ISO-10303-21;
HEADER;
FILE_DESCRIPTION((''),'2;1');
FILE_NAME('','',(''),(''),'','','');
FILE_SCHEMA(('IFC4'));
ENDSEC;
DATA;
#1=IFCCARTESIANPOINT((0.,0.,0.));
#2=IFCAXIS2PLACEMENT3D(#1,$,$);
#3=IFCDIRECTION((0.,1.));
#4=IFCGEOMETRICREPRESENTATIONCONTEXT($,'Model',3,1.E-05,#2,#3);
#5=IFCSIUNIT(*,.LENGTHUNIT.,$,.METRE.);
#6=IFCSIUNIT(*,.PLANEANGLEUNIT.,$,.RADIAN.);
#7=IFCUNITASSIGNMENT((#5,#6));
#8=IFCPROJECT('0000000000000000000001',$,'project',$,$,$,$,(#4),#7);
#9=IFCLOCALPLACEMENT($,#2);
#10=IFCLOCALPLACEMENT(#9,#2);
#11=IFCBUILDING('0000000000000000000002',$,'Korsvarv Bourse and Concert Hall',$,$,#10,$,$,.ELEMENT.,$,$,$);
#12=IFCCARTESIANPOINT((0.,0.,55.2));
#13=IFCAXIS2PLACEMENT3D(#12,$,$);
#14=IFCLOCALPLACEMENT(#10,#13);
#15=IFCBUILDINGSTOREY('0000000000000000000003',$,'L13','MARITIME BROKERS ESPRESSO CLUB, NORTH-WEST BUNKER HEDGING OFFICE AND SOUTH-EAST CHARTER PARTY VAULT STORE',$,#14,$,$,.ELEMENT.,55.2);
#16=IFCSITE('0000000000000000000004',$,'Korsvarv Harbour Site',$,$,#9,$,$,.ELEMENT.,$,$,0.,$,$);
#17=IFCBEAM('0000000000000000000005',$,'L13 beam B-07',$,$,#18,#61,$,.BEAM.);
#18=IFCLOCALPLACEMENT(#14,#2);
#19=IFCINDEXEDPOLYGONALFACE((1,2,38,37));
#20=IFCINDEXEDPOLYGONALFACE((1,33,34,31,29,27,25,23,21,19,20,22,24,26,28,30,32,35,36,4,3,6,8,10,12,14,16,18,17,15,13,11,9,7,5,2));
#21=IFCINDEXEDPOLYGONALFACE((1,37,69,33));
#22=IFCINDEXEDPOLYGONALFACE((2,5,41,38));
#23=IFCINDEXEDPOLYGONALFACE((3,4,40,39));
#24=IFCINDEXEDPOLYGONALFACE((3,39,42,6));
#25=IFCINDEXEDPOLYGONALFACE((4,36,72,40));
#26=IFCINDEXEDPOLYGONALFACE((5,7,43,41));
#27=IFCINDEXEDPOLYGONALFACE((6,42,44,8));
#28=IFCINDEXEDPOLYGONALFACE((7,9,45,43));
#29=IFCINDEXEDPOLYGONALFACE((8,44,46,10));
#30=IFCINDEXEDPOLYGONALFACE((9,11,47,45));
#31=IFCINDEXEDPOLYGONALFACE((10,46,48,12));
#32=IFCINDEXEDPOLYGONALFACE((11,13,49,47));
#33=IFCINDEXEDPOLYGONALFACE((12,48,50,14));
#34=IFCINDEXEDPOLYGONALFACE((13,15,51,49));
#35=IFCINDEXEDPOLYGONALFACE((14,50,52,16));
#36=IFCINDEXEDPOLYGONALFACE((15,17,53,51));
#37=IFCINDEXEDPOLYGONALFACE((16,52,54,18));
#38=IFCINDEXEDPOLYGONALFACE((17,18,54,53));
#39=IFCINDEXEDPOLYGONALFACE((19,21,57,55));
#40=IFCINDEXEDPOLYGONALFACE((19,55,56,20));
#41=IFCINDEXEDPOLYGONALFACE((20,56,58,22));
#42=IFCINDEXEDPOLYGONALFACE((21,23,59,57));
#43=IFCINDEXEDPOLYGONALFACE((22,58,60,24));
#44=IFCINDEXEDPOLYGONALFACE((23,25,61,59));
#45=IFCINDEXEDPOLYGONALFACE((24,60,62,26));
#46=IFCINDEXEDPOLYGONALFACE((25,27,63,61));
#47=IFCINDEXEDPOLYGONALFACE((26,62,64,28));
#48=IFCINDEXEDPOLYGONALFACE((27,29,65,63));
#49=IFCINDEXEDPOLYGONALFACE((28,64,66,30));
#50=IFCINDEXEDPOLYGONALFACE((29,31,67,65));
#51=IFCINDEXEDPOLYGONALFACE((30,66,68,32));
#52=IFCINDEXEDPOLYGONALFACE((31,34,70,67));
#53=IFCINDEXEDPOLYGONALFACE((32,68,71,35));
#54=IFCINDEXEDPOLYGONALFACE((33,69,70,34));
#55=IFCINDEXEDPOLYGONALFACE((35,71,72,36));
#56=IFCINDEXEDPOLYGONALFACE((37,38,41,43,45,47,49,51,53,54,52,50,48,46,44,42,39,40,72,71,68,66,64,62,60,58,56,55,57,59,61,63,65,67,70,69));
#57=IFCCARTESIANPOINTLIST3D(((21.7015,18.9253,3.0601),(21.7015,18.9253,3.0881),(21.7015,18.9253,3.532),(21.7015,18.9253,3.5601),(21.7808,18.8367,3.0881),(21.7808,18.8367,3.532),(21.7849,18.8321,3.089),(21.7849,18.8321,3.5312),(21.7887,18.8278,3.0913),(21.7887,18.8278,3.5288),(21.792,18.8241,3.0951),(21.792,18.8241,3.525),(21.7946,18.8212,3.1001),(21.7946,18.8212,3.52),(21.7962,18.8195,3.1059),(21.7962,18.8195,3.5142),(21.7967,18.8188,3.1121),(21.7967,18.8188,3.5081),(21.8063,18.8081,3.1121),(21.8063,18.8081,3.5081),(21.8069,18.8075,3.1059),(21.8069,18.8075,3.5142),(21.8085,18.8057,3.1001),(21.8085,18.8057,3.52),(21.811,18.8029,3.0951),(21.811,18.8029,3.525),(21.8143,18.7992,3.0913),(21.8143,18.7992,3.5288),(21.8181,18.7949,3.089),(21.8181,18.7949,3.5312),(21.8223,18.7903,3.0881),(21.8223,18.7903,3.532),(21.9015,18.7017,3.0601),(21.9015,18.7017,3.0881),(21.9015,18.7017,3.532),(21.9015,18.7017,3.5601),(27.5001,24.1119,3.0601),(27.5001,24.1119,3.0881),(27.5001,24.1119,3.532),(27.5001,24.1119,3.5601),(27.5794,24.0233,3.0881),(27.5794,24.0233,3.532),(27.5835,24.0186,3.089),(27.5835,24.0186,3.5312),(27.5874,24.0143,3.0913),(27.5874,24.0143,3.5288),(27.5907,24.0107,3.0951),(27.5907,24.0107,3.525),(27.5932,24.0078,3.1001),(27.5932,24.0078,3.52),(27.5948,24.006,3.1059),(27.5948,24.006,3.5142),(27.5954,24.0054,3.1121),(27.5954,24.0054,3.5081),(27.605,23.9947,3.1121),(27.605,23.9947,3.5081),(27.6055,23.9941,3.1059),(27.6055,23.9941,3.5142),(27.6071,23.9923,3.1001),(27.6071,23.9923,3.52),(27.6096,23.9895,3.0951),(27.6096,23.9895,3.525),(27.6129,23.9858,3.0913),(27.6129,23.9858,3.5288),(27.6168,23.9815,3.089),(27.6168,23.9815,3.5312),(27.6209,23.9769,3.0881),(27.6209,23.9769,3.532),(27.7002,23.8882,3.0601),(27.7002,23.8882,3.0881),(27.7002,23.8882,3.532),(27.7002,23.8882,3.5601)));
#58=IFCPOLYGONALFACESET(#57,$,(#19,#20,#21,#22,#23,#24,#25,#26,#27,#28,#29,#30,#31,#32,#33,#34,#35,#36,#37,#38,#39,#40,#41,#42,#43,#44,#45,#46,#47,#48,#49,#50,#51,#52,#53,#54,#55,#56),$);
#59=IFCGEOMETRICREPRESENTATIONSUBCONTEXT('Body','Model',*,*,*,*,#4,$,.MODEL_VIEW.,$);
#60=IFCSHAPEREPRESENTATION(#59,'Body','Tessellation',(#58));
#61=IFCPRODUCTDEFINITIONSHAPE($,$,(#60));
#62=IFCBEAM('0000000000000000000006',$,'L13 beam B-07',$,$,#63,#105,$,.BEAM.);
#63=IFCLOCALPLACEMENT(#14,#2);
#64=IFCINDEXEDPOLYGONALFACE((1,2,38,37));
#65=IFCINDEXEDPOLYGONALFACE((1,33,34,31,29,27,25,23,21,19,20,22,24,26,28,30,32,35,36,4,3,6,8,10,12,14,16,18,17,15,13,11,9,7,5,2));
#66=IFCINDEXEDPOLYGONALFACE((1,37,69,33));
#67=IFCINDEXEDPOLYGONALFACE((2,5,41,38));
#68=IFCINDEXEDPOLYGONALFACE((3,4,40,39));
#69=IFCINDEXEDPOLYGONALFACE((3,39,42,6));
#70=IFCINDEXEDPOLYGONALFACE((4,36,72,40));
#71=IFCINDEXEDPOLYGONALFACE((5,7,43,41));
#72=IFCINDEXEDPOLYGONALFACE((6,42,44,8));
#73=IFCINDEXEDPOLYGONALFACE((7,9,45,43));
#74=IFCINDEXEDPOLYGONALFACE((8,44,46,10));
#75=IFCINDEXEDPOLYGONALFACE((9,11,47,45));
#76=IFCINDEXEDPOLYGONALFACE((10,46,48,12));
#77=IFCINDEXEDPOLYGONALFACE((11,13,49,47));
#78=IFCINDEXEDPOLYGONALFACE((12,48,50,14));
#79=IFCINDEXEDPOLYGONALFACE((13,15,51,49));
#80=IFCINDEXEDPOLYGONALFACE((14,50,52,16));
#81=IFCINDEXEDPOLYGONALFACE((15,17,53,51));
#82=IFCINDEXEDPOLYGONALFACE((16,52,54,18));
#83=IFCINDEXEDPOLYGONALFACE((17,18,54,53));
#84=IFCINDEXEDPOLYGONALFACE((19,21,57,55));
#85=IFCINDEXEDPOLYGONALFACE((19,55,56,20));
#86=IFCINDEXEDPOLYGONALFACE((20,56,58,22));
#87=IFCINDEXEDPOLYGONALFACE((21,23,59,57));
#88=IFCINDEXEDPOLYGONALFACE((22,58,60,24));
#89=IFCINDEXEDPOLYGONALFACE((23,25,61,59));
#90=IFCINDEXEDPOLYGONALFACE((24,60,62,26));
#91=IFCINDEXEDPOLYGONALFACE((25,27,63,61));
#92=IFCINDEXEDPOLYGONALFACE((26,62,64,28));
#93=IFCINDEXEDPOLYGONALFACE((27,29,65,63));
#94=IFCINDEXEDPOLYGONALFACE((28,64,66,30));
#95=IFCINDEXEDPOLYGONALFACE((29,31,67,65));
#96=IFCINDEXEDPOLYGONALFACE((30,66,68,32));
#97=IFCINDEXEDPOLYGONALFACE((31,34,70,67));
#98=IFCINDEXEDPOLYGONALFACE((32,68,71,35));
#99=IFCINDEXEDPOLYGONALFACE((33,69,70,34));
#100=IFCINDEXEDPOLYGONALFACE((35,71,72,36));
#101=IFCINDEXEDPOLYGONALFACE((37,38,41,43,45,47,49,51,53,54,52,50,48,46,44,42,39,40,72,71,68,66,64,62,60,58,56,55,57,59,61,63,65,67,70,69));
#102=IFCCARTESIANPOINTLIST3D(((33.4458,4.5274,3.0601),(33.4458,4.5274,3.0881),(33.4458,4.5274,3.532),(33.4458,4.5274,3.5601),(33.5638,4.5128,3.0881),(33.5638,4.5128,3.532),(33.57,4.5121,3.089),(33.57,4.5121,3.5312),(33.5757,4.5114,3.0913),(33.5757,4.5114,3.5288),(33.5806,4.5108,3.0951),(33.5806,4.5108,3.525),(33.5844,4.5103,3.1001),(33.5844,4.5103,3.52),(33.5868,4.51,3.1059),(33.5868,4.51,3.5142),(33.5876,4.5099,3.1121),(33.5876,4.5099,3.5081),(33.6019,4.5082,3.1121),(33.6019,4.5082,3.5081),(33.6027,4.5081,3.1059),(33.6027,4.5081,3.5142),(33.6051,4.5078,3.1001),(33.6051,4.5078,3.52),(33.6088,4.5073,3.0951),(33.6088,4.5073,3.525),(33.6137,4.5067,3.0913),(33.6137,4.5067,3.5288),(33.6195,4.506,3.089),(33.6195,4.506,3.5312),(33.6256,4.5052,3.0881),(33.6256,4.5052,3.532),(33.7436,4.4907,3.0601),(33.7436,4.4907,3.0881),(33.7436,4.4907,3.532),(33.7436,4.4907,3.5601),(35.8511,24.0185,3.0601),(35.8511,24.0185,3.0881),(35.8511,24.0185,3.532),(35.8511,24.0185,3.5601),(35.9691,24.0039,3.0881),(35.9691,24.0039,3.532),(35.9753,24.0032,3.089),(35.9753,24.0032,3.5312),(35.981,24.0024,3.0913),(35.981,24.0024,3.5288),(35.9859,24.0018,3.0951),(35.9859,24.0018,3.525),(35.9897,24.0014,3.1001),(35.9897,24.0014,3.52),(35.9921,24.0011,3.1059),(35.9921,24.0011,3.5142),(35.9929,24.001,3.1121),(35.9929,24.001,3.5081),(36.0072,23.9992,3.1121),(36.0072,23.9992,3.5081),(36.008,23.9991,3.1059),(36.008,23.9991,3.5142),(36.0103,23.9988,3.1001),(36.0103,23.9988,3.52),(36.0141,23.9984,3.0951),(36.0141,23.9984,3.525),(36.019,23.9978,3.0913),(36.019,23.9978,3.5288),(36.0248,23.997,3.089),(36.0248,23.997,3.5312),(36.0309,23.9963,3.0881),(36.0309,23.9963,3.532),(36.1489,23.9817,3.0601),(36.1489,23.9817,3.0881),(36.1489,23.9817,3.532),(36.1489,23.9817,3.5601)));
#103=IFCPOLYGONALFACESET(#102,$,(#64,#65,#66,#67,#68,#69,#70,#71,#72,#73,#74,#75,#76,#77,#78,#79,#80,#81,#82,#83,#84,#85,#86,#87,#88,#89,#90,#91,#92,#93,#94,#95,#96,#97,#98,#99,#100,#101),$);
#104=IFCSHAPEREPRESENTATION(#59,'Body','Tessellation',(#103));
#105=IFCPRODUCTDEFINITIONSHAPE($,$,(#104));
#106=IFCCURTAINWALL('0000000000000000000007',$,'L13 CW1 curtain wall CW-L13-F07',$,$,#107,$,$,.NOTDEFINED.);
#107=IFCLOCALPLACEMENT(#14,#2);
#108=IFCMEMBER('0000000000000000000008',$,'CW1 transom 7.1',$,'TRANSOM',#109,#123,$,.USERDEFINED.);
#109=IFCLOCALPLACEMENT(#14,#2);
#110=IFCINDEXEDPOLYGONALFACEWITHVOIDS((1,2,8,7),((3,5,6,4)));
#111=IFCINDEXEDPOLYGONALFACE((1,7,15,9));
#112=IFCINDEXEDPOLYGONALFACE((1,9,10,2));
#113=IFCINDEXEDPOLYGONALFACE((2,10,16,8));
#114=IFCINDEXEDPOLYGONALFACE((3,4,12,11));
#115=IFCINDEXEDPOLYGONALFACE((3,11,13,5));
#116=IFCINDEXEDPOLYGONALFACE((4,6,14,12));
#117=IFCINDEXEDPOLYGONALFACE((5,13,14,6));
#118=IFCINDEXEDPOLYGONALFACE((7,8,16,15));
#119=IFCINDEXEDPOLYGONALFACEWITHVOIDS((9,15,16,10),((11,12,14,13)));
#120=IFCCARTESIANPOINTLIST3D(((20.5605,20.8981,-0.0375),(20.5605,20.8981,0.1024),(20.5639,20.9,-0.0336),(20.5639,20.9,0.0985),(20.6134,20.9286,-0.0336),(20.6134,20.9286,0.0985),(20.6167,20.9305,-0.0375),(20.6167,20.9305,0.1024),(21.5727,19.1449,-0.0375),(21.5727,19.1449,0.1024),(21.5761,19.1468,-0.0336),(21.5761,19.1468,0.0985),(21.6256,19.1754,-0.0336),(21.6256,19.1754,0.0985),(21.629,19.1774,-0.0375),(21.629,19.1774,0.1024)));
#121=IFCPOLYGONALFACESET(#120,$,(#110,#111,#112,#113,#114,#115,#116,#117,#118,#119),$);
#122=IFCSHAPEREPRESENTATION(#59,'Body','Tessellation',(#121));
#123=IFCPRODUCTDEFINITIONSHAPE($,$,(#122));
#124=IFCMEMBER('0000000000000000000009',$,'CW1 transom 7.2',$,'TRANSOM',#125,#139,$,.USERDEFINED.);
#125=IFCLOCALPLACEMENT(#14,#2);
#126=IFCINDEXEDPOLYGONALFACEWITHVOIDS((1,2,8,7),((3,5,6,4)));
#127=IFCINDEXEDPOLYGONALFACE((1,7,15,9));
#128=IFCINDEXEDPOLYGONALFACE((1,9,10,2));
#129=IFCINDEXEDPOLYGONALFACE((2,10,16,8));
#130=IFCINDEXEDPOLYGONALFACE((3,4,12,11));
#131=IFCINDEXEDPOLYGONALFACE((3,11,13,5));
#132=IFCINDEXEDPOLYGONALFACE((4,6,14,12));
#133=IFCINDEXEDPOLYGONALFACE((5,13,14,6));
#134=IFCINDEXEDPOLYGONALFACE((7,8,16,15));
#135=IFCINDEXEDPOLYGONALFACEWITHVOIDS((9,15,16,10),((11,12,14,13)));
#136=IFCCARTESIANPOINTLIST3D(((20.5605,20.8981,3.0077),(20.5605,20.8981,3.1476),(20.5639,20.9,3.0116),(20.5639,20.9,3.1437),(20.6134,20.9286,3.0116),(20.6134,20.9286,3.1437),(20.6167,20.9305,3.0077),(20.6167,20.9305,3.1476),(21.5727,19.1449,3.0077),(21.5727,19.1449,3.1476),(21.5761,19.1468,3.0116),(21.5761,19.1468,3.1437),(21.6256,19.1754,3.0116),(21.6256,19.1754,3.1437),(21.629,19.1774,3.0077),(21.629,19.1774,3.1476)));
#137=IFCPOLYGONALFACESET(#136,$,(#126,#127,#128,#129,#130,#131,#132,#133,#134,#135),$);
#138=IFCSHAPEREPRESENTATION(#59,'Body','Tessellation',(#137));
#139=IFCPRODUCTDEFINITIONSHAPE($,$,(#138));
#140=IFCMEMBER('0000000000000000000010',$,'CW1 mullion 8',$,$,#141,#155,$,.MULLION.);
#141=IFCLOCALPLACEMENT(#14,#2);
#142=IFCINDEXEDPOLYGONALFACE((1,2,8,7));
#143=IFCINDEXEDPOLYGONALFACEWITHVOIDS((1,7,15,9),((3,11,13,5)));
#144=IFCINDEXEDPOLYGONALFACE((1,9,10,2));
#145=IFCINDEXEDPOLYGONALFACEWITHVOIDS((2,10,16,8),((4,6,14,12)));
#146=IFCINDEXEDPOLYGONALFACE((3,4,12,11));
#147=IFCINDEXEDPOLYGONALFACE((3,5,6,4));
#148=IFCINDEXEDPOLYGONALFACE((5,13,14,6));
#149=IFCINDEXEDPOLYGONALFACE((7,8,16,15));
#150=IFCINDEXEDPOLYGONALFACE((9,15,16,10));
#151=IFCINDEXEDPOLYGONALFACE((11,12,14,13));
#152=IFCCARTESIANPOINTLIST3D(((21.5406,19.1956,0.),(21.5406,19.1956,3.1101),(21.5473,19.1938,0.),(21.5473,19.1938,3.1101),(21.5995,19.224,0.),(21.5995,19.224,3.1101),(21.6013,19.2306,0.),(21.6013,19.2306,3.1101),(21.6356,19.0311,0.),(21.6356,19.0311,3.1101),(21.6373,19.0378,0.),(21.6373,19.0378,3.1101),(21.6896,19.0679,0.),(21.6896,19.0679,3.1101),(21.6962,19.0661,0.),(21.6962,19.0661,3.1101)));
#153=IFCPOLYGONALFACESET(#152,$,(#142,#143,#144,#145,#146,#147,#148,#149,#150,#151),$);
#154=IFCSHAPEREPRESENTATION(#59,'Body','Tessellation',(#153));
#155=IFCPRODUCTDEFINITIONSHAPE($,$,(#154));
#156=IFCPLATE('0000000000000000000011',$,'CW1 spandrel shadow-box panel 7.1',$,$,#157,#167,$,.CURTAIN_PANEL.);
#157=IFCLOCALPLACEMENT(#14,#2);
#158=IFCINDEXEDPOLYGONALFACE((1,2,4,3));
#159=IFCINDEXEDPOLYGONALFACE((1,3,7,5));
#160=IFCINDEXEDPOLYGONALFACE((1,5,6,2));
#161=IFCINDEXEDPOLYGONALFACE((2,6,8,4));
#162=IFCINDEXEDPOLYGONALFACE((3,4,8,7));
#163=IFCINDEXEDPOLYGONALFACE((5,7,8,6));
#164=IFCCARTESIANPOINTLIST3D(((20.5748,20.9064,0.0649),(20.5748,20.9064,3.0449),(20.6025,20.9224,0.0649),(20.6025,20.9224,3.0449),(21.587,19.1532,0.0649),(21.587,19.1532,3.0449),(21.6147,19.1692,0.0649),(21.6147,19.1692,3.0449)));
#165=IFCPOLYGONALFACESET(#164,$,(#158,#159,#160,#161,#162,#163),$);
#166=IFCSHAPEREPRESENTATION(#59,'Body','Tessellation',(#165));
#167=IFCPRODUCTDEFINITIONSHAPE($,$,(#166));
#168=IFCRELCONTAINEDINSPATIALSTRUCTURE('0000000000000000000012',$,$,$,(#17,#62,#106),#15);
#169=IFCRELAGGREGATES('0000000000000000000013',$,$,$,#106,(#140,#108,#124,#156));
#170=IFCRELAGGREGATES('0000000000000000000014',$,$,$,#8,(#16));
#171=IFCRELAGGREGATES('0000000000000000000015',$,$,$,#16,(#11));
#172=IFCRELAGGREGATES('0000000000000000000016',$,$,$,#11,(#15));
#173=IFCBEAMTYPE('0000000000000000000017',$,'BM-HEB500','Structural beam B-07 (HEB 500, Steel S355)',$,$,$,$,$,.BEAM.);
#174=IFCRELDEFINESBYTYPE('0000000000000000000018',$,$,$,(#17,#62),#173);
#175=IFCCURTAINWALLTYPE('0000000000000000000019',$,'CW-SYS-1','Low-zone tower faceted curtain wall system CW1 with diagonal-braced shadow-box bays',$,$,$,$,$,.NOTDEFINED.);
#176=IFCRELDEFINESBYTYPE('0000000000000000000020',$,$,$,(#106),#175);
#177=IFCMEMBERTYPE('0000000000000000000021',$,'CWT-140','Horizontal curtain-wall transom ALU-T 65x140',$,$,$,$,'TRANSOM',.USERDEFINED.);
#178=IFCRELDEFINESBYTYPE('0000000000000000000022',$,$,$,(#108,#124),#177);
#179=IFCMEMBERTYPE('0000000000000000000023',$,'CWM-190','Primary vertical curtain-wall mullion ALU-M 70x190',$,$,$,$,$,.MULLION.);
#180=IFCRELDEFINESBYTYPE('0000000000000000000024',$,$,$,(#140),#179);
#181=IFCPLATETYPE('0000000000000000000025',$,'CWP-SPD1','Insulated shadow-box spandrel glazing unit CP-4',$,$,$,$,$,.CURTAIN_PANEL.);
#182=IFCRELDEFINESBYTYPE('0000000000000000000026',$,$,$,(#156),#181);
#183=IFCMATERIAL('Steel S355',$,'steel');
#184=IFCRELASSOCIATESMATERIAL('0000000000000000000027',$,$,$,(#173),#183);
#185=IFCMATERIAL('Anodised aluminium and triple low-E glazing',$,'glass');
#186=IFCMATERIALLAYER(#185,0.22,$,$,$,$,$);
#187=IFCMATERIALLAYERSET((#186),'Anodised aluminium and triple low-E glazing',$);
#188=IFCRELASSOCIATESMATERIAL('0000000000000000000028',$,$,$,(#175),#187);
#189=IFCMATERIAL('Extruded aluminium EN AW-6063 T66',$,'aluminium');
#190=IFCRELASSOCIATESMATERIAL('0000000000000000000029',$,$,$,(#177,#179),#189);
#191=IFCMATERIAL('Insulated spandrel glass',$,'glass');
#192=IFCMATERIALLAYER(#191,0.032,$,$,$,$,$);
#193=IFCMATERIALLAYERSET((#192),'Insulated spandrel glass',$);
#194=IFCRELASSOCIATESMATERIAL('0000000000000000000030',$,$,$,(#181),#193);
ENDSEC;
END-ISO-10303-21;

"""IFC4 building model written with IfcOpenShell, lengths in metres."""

from ifc_helpers import new_model, si_unit, direction, frame, origin, origin_2d, place, context, subcontext, project, spatial, rectangle, hollow_rectangle, i_section, extrude, source, transform, mapped, material, layer, layer_set, material_profile, profile_set, type_object, element, aggregate, save


model = new_model("IFC4")

# Units and contexts
model_context = context("Model", 3, precision=1e-05, world=origin(), true_north=direction((0.0, 1.0)))
body_context = subcontext(model_context, "Body", "Model", "MODEL_VIEW")
ifc_project = project(units=[si_unit("LENGTHUNIT", "METRE"), si_unit("PLANEANGLEUNIT", "RADIAN")], contexts=[model_context])

# Site, building, storey
site_placement = place(None, origin())
site = spatial("IfcSite", under=ifc_project, at=site_placement, Name="Korsvarv Harbour Site", CompositionType="ELEMENT", RefElevation=0.0)
building_placement = place(site_placement, origin())
building = spatial("IfcBuilding", under=site, at=building_placement, Name="Korsvarv Bourse and Concert Hall", CompositionType="ELEMENT")
storey_placement = place(building_placement, frame((0.0, 0.0, 55.2)))
storey = spatial("IfcBuildingStorey", under=building, at=storey_placement, Name="L13", Description="MARITIME BROKERS ESPRESSO CLUB, NORTH-WEST BUNKER HEDGING OFFICE AND SOUTH-EAST CHARTER PARTY VAULT STORE", CompositionType="ELEMENT", Elevation=55.2)

# Beams
ifc_material_1 = material(Name="Steel S355", Category="steel")
ifc_material_profile_1 = material_profile(ifc_material_1, i_section(OverallWidth=0.3, OverallDepth=0.5, WebThickness=0.0144, FlangeThickness=0.0281, FilletRadius=0.0239, at=origin_2d()), Name="HEB 500")
ifc_profile_set_1 = profile_set([ifc_material_profile_1], Name="Steel S355")
beam_type_1 = type_object("IfcBeamType", Name="BM-HEB500", Description="Structural beam B-07 (HEB 500, Steel S355)", PredefinedType="BEAM", material=ifc_profile_set_1)
shared_shape_1 = source(origin(), body_context, "Body", "SweptSolid", [
    extrude(i_section(OverallWidth=0.3, OverallDepth=0.5, WebThickness=0.0144, FlangeThickness=0.0281, FilletRadius=0.0239, at=origin_2d()), origin(), (0.0, 0.0, 1.0), 7.7798),
])
beam_1_placement = place(storey_placement, frame((21.8015, 18.8135, 3.3101), z_axis=(0.745349, 0.666675, 0.0), x_axis=(-0.666675, 0.745349, 0.0)))
element("IfcBeam", 1, at=beam_1_placement, inside=storey, type_object=beam_type_1, Name="L13 beam B-07", PredefinedType="BEAM", context=body_context, shape_type="MappedRepresentation", body=[
    mapped(shared_shape_1, transform((0.0, 0.0, 0.0), scale=1.0)),
])
shared_shape_2 = source(origin(), body_context, "Body", "SweptSolid", [
    extrude(i_section(OverallWidth=0.3, OverallDepth=0.5, WebThickness=0.0144, FlangeThickness=0.0281, FilletRadius=0.0239, at=origin_2d()), origin(), (0.0, 0.0, 1.0), 19.6389),
])
beam_2_placement = place(storey_placement, frame((33.5947, 4.509, 3.3101), z_axis=(0.122475, 0.992472, 0.0), x_axis=(-0.992472, 0.122475, 0.0)))
element("IfcBeam", 2, at=beam_2_placement, inside=storey, type_object=beam_type_1, Name="L13 beam B-07", PredefinedType="BEAM", context=body_context, shape_type="MappedRepresentation", body=[
    mapped(shared_shape_2, transform((0.0, 0.0, 0.0), scale=1.0)),
])

# Curtain wall, members, plate
ifc_material_2 = material(Name="Anodised aluminium and triple low-E glazing", Category="glass")
ifc_layer_1 = layer(ifc_material_2, 0.22)
ifc_layer_set_1 = layer_set([ifc_layer_1], Name="Anodised aluminium and triple low-E glazing")
curtain_wall_type = type_object("IfcCurtainWallType", Name="CW-SYS-1", Description="Low-zone tower faceted curtain wall system CW1 with diagonal-braced shadow-box bays", PredefinedType="NOTDEFINED", material=ifc_layer_set_1)
curtain_wall_placement = place(storey_placement, origin())
curtain_wall = element("IfcCurtainWall", 3, at=curtain_wall_placement, inside=storey, type_object=curtain_wall_type, Name="L13 CW1 curtain wall CW-L13-F07", PredefinedType="NOTDEFINED")
ifc_material_3 = material(Name="Extruded aluminium EN AW-6063 T66", Category="aluminium")
ifc_material_profile_2 = material_profile(ifc_material_3, hollow_rectangle(XDim=0.0649, YDim=0.1399, WallThickness=0.0039, at=origin_2d()), Name="ALU-T 65x140")
ifc_profile_set_2 = profile_set([ifc_material_profile_2], Name="Extruded aluminium EN AW-6063 T66")
member_type_1 = type_object("IfcMemberType", Name="CWT-140", Description="Horizontal curtain-wall transom ALU-T 65x140", ElementType="TRANSOM", PredefinedType="USERDEFINED", material=ifc_profile_set_2)
shared_shape_3 = source(origin(), body_context, "Body", "SweptSolid", [
    extrude(hollow_rectangle(XDim=0.0649, YDim=0.1399, WallThickness=0.0039, at=origin_2d()), origin(), (0.0, 0.0, 1.0), 2.0244),
])
member_1_placement = place(storey_placement, frame((20.5886, 20.9143, 0.0325), z_axis=(0.500004, -0.866023, 0.0), x_axis=(0.866023, 0.500004, 0.0)))
member_1 = element("IfcMember", 4, at=member_1_placement, type_object=member_type_1, Name="CW1 transom 7.1", ObjectType="TRANSOM", PredefinedType="USERDEFINED", context=body_context, shape_type="MappedRepresentation", body=[
    mapped(shared_shape_3, transform((0.0, 0.0, 0.0), scale=1.0)),
])
member_2_placement = place(storey_placement, frame((20.5886, 20.9143, 3.0776), z_axis=(0.500004, -0.866023, 0.0), x_axis=(0.866023, 0.500004, 0.0)))
member_2 = element("IfcMember", 5, at=member_2_placement, type_object=member_type_1, Name="CW1 transom 7.2", ObjectType="TRANSOM", PredefinedType="USERDEFINED", context=body_context, shape_type="MappedRepresentation", body=[
    mapped(shared_shape_3, transform((0.0, 0.0, 0.0), scale=1.0)),
])
ifc_material_profile_3 = material_profile(ifc_material_3, hollow_rectangle(XDim=0.0701, YDim=0.1899, WallThickness=0.0049, at=origin_2d()), Name="ALU-M 70x190")
ifc_profile_set_3 = profile_set([ifc_material_profile_3], Name="Extruded aluminium EN AW-6063 T66")
member_type_2 = type_object("IfcMemberType", Name="CWM-190", Description="Primary vertical curtain-wall mullion ALU-M 70x190", PredefinedType="MULLION", material=ifc_profile_set_3)
shared_shape_4 = source(origin(), body_context, "Body", "SweptSolid", [
    extrude(hollow_rectangle(XDim=0.0701, YDim=0.1899, WallThickness=0.0049, at=origin_2d()), origin(), (0.0, 0.0, 1.0), 3.1101),
])
member_3_placement = place(storey_placement, frame((21.6184, 19.1309, 0.0), z_axis=(0.0, 0.0, 1.0), x_axis=(0.866025, 0.5, 0.0)))
member_3 = element("IfcMember", 6, at=member_3_placement, type_object=member_type_2, Name="CW1 mullion 8", PredefinedType="MULLION", context=body_context, shape_type="MappedRepresentation", body=[
    mapped(shared_shape_4, transform((0.0, 0.0, 0.0), scale=1.0)),
])
ifc_material_4 = material(Name="Insulated spandrel glass", Category="glass")
ifc_layer_2 = layer(ifc_material_4, 0.032)
ifc_layer_set_2 = layer_set([ifc_layer_2], Name="Insulated spandrel glass")
plate_type = type_object("IfcPlateType", Name="CWP-SPD1", Description="Insulated shadow-box spandrel glazing unit CP-4", PredefinedType="CURTAIN_PANEL", material=ifc_layer_set_2)
shared_shape_5 = source(origin(), body_context, "Body", "SweptSolid", [
    extrude(rectangle(XDim=2.0244, YDim=0.032, at=origin_2d()), origin(), (0.0, 0.0, 1.0), 2.98),
])
plate_placement = place(storey_placement, frame((21.0947, 20.0378, 0.0649), z_axis=(0.0, 0.0, 1.0), x_axis=(0.5, -0.866025, 0.0)))
plate = element("IfcPlate", 7, at=plate_placement, type_object=plate_type, Name="CW1 spandrel shadow-box panel 7.1", PredefinedType="CURTAIN_PANEL", context=body_context, shape_type="MappedRepresentation", body=[
    mapped(shared_shape_5, transform((0.0, 0.0, 0.0), scale=1.0)),
])
aggregate(curtain_wall, [member_3, member_1, member_2, plate])

save(model, "model.ifc")
